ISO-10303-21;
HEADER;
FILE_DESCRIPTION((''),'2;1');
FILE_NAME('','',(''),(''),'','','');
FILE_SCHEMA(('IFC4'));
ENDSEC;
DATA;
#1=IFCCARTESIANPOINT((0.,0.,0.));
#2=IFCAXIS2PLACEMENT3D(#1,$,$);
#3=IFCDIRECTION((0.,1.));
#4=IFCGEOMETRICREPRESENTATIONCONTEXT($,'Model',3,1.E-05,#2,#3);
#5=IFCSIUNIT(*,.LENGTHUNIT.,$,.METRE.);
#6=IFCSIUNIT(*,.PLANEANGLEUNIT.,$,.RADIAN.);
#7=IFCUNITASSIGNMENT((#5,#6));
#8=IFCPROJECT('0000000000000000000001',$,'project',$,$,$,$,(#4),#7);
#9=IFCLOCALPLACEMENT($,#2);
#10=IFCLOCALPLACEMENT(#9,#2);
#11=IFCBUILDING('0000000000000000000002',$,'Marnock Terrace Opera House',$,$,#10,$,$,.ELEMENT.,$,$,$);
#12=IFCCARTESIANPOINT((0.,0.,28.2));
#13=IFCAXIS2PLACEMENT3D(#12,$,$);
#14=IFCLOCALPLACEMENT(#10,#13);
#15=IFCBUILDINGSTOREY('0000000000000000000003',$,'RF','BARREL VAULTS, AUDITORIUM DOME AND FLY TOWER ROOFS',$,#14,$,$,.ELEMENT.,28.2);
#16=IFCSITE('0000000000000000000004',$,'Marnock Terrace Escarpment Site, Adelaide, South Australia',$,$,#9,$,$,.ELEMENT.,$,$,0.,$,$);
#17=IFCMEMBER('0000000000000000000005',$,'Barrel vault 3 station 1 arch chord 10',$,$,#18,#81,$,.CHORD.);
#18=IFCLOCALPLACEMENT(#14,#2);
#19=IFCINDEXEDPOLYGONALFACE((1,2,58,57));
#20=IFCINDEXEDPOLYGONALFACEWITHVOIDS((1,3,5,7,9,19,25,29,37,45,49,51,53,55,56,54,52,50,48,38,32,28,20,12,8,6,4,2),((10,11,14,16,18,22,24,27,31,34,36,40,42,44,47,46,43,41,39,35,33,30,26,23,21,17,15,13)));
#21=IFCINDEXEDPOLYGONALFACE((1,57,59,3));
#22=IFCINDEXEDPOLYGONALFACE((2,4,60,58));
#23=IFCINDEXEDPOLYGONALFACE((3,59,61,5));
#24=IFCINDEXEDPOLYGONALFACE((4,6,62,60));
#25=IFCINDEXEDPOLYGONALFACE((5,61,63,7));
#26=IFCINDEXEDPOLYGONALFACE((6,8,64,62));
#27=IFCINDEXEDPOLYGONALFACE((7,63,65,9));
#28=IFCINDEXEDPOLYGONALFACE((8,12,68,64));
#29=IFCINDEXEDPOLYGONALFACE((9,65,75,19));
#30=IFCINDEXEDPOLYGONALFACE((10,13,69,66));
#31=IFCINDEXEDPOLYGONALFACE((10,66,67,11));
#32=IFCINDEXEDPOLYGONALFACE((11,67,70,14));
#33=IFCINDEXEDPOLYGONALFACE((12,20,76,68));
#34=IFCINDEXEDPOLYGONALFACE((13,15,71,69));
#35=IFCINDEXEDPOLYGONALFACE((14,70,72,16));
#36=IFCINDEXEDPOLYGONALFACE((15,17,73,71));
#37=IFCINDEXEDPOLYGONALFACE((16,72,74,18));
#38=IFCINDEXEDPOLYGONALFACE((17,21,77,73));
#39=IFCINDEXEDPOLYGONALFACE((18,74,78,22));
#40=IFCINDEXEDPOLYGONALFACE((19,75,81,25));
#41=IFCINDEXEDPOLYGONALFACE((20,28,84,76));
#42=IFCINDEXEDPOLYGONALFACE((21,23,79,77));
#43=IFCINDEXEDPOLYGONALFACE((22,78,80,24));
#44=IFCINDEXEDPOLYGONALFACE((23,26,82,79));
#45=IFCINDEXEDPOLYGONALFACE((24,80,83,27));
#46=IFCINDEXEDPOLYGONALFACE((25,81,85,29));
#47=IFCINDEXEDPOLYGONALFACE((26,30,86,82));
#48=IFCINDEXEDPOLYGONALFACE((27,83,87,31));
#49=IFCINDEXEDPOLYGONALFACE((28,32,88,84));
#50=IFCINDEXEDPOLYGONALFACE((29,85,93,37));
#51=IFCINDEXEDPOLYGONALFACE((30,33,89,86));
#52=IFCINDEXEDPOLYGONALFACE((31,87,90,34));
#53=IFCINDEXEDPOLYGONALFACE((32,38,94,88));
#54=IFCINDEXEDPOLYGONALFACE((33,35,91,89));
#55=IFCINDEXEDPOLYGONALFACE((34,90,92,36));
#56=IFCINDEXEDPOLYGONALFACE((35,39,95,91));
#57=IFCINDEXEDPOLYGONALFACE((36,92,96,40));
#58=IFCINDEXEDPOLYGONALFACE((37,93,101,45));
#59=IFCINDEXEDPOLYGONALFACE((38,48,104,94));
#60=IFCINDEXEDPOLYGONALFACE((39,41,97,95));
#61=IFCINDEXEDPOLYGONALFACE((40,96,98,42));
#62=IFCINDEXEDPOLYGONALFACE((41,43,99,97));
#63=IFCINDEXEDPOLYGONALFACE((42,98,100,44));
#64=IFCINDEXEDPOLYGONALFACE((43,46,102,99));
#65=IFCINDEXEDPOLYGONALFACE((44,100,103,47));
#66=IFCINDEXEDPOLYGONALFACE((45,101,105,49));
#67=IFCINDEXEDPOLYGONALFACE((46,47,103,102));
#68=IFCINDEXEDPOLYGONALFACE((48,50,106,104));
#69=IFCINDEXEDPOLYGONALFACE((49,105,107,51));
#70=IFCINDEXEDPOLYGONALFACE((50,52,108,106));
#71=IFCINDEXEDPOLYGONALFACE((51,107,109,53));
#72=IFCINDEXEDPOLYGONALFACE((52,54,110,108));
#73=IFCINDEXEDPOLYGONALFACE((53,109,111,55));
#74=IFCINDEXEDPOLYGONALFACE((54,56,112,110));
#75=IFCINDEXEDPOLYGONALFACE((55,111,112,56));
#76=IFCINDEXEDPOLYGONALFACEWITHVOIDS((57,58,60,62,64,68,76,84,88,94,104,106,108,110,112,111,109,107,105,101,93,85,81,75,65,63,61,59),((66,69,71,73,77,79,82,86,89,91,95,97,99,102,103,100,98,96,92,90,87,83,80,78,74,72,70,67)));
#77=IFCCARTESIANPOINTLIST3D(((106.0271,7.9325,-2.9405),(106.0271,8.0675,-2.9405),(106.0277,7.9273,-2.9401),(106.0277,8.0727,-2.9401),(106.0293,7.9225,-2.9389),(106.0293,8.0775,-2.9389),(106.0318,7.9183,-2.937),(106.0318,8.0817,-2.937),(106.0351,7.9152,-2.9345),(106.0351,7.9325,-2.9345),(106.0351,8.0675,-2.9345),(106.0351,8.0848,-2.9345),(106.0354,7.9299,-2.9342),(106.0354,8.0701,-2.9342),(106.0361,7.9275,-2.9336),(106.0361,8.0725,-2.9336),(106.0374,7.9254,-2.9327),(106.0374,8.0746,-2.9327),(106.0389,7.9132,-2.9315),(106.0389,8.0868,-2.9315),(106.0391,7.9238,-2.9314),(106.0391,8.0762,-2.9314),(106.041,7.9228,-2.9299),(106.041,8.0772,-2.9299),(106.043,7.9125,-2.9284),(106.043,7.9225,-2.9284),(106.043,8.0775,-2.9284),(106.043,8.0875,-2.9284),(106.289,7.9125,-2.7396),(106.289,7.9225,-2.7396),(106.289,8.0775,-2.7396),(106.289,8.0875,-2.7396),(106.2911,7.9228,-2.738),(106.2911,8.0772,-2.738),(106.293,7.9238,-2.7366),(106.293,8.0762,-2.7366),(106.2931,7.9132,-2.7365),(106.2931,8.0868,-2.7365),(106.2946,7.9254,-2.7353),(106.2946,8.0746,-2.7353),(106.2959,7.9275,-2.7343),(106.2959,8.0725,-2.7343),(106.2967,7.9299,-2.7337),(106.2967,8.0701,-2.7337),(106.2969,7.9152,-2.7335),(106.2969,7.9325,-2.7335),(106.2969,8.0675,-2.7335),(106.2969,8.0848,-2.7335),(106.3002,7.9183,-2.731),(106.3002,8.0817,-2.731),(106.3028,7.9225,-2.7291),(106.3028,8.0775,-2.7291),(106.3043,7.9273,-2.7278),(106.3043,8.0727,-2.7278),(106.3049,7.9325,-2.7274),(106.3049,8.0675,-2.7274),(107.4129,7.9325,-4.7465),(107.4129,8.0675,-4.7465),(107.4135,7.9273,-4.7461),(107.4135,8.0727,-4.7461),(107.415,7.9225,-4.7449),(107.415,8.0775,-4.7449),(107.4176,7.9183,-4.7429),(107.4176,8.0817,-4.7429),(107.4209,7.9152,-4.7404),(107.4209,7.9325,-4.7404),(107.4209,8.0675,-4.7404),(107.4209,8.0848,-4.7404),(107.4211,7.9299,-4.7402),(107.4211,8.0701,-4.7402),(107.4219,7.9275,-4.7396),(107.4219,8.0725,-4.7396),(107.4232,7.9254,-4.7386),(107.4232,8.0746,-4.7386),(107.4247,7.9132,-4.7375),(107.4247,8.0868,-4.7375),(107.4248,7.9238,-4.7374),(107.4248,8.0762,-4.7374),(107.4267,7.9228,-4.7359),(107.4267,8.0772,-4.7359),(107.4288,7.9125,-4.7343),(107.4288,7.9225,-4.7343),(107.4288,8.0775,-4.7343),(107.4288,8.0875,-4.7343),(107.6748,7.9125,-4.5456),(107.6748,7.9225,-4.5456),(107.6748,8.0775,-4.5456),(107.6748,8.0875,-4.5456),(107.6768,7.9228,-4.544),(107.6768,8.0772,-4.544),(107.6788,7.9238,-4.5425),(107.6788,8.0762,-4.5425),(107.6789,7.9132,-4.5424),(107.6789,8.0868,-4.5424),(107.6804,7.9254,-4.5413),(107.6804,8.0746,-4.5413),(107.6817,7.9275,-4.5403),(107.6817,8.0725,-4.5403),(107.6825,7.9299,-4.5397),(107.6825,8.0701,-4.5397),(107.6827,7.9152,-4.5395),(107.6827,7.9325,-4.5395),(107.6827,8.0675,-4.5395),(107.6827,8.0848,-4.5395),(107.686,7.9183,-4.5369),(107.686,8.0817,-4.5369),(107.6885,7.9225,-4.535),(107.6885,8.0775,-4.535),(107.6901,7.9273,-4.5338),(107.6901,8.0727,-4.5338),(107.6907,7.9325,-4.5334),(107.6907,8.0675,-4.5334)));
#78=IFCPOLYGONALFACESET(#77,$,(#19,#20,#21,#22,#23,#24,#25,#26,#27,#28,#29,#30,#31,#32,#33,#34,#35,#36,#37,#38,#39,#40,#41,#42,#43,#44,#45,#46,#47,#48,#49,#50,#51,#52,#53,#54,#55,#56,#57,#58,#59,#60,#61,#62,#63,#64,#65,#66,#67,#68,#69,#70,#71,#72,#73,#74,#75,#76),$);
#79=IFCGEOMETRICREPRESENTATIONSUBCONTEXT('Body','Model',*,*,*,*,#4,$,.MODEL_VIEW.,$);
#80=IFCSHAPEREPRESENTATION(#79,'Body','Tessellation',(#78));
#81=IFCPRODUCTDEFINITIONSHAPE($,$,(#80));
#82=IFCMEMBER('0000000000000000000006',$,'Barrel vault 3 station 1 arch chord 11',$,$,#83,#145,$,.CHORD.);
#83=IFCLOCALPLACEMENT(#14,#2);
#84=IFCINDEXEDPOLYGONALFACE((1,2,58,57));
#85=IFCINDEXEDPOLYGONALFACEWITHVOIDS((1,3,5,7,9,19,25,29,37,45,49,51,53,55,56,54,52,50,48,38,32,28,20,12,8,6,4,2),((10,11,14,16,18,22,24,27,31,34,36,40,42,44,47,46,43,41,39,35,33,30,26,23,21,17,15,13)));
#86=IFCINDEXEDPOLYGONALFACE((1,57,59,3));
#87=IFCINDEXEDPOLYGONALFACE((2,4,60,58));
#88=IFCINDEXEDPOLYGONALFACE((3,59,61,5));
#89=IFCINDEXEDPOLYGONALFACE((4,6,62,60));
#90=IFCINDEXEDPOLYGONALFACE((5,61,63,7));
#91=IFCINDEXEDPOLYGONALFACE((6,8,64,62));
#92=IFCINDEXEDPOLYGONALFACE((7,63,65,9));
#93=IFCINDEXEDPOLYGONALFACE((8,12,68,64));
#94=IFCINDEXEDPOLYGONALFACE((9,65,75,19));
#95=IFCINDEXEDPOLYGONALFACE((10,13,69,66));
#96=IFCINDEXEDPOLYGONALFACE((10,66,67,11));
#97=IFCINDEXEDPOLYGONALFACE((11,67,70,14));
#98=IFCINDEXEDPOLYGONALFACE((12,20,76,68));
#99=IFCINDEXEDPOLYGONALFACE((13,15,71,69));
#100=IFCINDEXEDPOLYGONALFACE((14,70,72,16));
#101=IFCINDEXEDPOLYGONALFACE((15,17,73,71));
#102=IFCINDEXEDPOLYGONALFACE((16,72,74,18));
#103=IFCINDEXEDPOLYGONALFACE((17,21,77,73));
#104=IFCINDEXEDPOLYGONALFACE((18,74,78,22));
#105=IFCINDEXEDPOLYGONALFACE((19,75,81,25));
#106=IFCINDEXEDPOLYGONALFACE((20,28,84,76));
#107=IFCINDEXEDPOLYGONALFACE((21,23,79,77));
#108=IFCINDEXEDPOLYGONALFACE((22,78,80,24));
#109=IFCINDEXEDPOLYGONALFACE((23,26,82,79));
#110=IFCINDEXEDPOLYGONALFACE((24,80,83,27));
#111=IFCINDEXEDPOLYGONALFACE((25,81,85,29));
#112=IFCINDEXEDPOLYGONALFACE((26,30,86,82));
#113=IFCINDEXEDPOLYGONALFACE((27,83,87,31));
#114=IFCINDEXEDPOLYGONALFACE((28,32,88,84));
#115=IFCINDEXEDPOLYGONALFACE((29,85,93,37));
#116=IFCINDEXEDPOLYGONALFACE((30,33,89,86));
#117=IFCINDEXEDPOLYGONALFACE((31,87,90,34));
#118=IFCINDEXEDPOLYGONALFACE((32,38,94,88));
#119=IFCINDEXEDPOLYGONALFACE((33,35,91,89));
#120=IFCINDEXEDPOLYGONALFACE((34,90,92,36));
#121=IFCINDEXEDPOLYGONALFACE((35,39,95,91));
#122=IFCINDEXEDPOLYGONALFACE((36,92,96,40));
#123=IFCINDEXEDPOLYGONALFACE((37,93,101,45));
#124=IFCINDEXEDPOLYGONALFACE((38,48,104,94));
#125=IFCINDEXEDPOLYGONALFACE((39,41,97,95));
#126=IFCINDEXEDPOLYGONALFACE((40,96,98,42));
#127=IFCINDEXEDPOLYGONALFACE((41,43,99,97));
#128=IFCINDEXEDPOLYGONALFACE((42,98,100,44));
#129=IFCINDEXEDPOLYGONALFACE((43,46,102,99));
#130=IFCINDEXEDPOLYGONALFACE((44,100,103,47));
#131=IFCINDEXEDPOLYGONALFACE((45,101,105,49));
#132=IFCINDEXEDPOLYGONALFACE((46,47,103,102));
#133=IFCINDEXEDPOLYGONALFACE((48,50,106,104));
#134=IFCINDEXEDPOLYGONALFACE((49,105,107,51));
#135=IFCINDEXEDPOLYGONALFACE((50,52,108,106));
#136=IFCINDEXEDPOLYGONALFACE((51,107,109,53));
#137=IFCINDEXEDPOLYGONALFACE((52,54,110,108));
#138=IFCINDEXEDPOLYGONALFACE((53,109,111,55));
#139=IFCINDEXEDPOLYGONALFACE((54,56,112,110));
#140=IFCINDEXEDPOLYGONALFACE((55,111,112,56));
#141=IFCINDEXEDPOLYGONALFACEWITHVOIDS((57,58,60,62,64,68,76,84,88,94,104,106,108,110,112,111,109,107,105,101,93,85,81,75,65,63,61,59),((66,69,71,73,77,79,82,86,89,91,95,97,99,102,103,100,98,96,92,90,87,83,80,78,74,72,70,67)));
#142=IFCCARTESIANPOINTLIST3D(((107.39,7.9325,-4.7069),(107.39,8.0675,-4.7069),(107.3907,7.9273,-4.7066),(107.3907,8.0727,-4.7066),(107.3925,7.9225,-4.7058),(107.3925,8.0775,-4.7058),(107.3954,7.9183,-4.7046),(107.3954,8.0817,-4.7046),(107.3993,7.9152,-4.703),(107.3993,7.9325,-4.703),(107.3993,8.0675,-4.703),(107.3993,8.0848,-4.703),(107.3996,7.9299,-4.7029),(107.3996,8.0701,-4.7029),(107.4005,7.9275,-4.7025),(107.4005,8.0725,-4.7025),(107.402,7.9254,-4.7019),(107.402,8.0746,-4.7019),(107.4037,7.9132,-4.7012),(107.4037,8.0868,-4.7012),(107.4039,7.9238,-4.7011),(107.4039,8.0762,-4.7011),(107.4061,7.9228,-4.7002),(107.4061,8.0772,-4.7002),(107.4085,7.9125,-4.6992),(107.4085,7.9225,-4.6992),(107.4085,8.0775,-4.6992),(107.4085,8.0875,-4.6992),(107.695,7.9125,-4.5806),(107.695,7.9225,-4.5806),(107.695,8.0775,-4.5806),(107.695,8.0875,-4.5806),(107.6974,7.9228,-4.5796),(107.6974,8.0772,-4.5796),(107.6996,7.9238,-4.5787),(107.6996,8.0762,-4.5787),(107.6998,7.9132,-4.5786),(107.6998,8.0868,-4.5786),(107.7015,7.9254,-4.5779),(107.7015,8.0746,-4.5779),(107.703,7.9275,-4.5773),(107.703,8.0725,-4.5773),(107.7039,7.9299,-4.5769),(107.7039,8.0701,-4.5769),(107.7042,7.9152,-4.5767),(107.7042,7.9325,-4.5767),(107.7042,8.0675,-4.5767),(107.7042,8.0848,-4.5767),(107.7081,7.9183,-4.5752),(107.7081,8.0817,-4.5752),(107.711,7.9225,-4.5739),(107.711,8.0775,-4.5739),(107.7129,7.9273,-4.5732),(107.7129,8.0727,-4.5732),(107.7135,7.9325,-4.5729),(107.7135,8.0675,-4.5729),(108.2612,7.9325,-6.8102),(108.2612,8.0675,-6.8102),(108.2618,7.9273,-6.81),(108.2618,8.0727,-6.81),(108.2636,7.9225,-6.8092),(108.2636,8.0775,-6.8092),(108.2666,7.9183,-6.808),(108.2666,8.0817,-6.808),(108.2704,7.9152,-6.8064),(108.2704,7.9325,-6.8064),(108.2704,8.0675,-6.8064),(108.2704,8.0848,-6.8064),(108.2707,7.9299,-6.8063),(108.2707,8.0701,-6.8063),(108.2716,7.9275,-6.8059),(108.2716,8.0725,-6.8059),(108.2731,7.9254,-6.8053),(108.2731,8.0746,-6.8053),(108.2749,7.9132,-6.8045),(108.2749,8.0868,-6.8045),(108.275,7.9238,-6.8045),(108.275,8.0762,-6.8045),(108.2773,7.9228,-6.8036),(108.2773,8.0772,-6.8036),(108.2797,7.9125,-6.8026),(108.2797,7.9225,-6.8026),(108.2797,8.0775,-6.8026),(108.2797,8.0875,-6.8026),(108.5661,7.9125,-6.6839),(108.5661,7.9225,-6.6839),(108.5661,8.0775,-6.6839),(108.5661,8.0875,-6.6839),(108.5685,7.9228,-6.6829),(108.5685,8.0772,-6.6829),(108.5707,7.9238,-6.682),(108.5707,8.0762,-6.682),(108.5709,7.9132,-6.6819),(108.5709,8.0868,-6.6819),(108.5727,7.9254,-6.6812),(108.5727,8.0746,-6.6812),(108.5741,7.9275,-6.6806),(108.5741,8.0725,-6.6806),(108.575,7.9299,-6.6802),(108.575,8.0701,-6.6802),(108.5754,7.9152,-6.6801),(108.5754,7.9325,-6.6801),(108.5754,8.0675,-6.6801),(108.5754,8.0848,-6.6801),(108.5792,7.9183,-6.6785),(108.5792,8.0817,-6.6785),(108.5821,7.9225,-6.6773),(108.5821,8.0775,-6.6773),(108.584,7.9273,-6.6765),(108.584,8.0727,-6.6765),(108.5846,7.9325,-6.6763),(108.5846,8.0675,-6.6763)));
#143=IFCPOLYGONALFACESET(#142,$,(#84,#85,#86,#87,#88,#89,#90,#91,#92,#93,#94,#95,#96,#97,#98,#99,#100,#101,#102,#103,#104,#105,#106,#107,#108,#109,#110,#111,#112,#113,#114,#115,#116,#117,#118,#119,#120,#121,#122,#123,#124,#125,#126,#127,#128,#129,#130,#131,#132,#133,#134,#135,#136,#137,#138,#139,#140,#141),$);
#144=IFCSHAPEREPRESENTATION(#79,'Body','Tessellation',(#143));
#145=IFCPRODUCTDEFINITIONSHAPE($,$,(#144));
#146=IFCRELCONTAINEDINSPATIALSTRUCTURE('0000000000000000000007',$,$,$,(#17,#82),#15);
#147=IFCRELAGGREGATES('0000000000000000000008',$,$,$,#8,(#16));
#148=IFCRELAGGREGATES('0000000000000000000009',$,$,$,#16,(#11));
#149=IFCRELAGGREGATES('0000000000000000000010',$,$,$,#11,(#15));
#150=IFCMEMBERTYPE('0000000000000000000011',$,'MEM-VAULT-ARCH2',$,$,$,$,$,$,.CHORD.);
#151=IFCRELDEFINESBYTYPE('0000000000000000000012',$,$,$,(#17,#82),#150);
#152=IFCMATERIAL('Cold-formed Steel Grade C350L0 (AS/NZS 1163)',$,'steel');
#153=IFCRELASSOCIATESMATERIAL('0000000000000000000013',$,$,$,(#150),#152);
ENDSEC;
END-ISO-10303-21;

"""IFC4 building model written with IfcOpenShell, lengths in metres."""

from ifc_helpers import new_model, si_unit, direction, frame, origin, origin_2d, place, context, subcontext, project, spatial, hollow_rectangle, extrude, material, material_profile, profile_set, type_object, element, save


model = new_model("IFC4")

# Units and contexts
model_context = context("Model", 3, precision=1e-05, world=origin(), true_north=direction((0.0, 1.0)))
body_context = subcontext(model_context, "Body", "Model", "MODEL_VIEW")
ifc_project = project(units=[si_unit("LENGTHUNIT", "METRE"), si_unit("PLANEANGLEUNIT", "RADIAN")], contexts=[model_context])

# Site, building, storey
site_placement = place(None, origin())
site = spatial("IfcSite", under=ifc_project, at=site_placement, Name="Marnock Terrace Escarpment Site, Adelaide, South Australia", CompositionType="ELEMENT", RefElevation=0.0)
building_placement = place(site_placement, origin())
building = spatial("IfcBuilding", under=site, at=building_placement, Name="Marnock Terrace Opera House", CompositionType="ELEMENT")
storey_placement = place(building_placement, frame((0.0, 0.0, 28.2)))
storey = spatial("IfcBuildingStorey", under=building, at=storey_placement, Name="RF", Description="BARREL VAULTS, AUDITORIUM DOME AND FLY TOWER ROOFS", CompositionType="ELEMENT", Elevation=28.2)

# Members
ifc_material_1 = material(Name="Cold-formed Steel Grade C350L0 (AS/NZS 1163)", Category="steel")
ifc_material_profile_1 = material_profile(ifc_material_1, hollow_rectangle(XDim=0.175, YDim=0.3501, WallThickness=0.01, InnerFilletRadius=0.01, OuterFilletRadius=0.02, at=origin_2d()))
ifc_profile_set_1 = profile_set([ifc_material_profile_1], Name="Cold-formed Steel Grade C350L0 (AS/NZS 1163)")
member_type_1 = type_object("IfcMemberType", Name="MEM-VAULT-ARCH2", PredefinedType="CHORD", material=ifc_profile_set_1)
for number, where, z_axis, x_axis, name in (
    (1, (106.166, 8.0, -2.834), (0.608767, 0.0, -0.793349), (0.0, 1.0, 0.0), "Barrel vault 3 station 1 arch chord 10"),
):
    element("IfcMember", number, at=place(storey_placement, frame(where, z_axis=z_axis, x_axis=x_axis)), inside=storey, type_object=member_type_1, Name=name, PredefinedType="CHORD", context=body_context, shape_type="SweptSolid", body=[
        extrude(hollow_rectangle(XDim=0.175, YDim=0.3501, WallThickness=0.01, InnerFilletRadius=0.01, OuterFilletRadius=0.02, at=origin_2d()), origin(), (0.0, 0.0, 1.0), 2.2764),
    ])
member_1_placement = place(storey_placement, frame((107.5518, 8.0, -4.6399), z_axis=(0.382642, 0.0, -0.923897), x_axis=(0.0, 1.0, 0.0)))
element("IfcMember", 2, at=member_1_placement, inside=storey, type_object=member_type_1, Name="Barrel vault 3 station 1 arch chord 11", PredefinedType="CHORD", context=body_context, shape_type="SweptSolid", body=[
    extrude(hollow_rectangle(XDim=0.175, YDim=0.3501, WallThickness=0.01, InnerFilletRadius=0.01, OuterFilletRadius=0.02, at=origin_2d()), origin(), (0.0, 0.0, 1.0), 2.2766),
])

save(model, "model.ifc")
